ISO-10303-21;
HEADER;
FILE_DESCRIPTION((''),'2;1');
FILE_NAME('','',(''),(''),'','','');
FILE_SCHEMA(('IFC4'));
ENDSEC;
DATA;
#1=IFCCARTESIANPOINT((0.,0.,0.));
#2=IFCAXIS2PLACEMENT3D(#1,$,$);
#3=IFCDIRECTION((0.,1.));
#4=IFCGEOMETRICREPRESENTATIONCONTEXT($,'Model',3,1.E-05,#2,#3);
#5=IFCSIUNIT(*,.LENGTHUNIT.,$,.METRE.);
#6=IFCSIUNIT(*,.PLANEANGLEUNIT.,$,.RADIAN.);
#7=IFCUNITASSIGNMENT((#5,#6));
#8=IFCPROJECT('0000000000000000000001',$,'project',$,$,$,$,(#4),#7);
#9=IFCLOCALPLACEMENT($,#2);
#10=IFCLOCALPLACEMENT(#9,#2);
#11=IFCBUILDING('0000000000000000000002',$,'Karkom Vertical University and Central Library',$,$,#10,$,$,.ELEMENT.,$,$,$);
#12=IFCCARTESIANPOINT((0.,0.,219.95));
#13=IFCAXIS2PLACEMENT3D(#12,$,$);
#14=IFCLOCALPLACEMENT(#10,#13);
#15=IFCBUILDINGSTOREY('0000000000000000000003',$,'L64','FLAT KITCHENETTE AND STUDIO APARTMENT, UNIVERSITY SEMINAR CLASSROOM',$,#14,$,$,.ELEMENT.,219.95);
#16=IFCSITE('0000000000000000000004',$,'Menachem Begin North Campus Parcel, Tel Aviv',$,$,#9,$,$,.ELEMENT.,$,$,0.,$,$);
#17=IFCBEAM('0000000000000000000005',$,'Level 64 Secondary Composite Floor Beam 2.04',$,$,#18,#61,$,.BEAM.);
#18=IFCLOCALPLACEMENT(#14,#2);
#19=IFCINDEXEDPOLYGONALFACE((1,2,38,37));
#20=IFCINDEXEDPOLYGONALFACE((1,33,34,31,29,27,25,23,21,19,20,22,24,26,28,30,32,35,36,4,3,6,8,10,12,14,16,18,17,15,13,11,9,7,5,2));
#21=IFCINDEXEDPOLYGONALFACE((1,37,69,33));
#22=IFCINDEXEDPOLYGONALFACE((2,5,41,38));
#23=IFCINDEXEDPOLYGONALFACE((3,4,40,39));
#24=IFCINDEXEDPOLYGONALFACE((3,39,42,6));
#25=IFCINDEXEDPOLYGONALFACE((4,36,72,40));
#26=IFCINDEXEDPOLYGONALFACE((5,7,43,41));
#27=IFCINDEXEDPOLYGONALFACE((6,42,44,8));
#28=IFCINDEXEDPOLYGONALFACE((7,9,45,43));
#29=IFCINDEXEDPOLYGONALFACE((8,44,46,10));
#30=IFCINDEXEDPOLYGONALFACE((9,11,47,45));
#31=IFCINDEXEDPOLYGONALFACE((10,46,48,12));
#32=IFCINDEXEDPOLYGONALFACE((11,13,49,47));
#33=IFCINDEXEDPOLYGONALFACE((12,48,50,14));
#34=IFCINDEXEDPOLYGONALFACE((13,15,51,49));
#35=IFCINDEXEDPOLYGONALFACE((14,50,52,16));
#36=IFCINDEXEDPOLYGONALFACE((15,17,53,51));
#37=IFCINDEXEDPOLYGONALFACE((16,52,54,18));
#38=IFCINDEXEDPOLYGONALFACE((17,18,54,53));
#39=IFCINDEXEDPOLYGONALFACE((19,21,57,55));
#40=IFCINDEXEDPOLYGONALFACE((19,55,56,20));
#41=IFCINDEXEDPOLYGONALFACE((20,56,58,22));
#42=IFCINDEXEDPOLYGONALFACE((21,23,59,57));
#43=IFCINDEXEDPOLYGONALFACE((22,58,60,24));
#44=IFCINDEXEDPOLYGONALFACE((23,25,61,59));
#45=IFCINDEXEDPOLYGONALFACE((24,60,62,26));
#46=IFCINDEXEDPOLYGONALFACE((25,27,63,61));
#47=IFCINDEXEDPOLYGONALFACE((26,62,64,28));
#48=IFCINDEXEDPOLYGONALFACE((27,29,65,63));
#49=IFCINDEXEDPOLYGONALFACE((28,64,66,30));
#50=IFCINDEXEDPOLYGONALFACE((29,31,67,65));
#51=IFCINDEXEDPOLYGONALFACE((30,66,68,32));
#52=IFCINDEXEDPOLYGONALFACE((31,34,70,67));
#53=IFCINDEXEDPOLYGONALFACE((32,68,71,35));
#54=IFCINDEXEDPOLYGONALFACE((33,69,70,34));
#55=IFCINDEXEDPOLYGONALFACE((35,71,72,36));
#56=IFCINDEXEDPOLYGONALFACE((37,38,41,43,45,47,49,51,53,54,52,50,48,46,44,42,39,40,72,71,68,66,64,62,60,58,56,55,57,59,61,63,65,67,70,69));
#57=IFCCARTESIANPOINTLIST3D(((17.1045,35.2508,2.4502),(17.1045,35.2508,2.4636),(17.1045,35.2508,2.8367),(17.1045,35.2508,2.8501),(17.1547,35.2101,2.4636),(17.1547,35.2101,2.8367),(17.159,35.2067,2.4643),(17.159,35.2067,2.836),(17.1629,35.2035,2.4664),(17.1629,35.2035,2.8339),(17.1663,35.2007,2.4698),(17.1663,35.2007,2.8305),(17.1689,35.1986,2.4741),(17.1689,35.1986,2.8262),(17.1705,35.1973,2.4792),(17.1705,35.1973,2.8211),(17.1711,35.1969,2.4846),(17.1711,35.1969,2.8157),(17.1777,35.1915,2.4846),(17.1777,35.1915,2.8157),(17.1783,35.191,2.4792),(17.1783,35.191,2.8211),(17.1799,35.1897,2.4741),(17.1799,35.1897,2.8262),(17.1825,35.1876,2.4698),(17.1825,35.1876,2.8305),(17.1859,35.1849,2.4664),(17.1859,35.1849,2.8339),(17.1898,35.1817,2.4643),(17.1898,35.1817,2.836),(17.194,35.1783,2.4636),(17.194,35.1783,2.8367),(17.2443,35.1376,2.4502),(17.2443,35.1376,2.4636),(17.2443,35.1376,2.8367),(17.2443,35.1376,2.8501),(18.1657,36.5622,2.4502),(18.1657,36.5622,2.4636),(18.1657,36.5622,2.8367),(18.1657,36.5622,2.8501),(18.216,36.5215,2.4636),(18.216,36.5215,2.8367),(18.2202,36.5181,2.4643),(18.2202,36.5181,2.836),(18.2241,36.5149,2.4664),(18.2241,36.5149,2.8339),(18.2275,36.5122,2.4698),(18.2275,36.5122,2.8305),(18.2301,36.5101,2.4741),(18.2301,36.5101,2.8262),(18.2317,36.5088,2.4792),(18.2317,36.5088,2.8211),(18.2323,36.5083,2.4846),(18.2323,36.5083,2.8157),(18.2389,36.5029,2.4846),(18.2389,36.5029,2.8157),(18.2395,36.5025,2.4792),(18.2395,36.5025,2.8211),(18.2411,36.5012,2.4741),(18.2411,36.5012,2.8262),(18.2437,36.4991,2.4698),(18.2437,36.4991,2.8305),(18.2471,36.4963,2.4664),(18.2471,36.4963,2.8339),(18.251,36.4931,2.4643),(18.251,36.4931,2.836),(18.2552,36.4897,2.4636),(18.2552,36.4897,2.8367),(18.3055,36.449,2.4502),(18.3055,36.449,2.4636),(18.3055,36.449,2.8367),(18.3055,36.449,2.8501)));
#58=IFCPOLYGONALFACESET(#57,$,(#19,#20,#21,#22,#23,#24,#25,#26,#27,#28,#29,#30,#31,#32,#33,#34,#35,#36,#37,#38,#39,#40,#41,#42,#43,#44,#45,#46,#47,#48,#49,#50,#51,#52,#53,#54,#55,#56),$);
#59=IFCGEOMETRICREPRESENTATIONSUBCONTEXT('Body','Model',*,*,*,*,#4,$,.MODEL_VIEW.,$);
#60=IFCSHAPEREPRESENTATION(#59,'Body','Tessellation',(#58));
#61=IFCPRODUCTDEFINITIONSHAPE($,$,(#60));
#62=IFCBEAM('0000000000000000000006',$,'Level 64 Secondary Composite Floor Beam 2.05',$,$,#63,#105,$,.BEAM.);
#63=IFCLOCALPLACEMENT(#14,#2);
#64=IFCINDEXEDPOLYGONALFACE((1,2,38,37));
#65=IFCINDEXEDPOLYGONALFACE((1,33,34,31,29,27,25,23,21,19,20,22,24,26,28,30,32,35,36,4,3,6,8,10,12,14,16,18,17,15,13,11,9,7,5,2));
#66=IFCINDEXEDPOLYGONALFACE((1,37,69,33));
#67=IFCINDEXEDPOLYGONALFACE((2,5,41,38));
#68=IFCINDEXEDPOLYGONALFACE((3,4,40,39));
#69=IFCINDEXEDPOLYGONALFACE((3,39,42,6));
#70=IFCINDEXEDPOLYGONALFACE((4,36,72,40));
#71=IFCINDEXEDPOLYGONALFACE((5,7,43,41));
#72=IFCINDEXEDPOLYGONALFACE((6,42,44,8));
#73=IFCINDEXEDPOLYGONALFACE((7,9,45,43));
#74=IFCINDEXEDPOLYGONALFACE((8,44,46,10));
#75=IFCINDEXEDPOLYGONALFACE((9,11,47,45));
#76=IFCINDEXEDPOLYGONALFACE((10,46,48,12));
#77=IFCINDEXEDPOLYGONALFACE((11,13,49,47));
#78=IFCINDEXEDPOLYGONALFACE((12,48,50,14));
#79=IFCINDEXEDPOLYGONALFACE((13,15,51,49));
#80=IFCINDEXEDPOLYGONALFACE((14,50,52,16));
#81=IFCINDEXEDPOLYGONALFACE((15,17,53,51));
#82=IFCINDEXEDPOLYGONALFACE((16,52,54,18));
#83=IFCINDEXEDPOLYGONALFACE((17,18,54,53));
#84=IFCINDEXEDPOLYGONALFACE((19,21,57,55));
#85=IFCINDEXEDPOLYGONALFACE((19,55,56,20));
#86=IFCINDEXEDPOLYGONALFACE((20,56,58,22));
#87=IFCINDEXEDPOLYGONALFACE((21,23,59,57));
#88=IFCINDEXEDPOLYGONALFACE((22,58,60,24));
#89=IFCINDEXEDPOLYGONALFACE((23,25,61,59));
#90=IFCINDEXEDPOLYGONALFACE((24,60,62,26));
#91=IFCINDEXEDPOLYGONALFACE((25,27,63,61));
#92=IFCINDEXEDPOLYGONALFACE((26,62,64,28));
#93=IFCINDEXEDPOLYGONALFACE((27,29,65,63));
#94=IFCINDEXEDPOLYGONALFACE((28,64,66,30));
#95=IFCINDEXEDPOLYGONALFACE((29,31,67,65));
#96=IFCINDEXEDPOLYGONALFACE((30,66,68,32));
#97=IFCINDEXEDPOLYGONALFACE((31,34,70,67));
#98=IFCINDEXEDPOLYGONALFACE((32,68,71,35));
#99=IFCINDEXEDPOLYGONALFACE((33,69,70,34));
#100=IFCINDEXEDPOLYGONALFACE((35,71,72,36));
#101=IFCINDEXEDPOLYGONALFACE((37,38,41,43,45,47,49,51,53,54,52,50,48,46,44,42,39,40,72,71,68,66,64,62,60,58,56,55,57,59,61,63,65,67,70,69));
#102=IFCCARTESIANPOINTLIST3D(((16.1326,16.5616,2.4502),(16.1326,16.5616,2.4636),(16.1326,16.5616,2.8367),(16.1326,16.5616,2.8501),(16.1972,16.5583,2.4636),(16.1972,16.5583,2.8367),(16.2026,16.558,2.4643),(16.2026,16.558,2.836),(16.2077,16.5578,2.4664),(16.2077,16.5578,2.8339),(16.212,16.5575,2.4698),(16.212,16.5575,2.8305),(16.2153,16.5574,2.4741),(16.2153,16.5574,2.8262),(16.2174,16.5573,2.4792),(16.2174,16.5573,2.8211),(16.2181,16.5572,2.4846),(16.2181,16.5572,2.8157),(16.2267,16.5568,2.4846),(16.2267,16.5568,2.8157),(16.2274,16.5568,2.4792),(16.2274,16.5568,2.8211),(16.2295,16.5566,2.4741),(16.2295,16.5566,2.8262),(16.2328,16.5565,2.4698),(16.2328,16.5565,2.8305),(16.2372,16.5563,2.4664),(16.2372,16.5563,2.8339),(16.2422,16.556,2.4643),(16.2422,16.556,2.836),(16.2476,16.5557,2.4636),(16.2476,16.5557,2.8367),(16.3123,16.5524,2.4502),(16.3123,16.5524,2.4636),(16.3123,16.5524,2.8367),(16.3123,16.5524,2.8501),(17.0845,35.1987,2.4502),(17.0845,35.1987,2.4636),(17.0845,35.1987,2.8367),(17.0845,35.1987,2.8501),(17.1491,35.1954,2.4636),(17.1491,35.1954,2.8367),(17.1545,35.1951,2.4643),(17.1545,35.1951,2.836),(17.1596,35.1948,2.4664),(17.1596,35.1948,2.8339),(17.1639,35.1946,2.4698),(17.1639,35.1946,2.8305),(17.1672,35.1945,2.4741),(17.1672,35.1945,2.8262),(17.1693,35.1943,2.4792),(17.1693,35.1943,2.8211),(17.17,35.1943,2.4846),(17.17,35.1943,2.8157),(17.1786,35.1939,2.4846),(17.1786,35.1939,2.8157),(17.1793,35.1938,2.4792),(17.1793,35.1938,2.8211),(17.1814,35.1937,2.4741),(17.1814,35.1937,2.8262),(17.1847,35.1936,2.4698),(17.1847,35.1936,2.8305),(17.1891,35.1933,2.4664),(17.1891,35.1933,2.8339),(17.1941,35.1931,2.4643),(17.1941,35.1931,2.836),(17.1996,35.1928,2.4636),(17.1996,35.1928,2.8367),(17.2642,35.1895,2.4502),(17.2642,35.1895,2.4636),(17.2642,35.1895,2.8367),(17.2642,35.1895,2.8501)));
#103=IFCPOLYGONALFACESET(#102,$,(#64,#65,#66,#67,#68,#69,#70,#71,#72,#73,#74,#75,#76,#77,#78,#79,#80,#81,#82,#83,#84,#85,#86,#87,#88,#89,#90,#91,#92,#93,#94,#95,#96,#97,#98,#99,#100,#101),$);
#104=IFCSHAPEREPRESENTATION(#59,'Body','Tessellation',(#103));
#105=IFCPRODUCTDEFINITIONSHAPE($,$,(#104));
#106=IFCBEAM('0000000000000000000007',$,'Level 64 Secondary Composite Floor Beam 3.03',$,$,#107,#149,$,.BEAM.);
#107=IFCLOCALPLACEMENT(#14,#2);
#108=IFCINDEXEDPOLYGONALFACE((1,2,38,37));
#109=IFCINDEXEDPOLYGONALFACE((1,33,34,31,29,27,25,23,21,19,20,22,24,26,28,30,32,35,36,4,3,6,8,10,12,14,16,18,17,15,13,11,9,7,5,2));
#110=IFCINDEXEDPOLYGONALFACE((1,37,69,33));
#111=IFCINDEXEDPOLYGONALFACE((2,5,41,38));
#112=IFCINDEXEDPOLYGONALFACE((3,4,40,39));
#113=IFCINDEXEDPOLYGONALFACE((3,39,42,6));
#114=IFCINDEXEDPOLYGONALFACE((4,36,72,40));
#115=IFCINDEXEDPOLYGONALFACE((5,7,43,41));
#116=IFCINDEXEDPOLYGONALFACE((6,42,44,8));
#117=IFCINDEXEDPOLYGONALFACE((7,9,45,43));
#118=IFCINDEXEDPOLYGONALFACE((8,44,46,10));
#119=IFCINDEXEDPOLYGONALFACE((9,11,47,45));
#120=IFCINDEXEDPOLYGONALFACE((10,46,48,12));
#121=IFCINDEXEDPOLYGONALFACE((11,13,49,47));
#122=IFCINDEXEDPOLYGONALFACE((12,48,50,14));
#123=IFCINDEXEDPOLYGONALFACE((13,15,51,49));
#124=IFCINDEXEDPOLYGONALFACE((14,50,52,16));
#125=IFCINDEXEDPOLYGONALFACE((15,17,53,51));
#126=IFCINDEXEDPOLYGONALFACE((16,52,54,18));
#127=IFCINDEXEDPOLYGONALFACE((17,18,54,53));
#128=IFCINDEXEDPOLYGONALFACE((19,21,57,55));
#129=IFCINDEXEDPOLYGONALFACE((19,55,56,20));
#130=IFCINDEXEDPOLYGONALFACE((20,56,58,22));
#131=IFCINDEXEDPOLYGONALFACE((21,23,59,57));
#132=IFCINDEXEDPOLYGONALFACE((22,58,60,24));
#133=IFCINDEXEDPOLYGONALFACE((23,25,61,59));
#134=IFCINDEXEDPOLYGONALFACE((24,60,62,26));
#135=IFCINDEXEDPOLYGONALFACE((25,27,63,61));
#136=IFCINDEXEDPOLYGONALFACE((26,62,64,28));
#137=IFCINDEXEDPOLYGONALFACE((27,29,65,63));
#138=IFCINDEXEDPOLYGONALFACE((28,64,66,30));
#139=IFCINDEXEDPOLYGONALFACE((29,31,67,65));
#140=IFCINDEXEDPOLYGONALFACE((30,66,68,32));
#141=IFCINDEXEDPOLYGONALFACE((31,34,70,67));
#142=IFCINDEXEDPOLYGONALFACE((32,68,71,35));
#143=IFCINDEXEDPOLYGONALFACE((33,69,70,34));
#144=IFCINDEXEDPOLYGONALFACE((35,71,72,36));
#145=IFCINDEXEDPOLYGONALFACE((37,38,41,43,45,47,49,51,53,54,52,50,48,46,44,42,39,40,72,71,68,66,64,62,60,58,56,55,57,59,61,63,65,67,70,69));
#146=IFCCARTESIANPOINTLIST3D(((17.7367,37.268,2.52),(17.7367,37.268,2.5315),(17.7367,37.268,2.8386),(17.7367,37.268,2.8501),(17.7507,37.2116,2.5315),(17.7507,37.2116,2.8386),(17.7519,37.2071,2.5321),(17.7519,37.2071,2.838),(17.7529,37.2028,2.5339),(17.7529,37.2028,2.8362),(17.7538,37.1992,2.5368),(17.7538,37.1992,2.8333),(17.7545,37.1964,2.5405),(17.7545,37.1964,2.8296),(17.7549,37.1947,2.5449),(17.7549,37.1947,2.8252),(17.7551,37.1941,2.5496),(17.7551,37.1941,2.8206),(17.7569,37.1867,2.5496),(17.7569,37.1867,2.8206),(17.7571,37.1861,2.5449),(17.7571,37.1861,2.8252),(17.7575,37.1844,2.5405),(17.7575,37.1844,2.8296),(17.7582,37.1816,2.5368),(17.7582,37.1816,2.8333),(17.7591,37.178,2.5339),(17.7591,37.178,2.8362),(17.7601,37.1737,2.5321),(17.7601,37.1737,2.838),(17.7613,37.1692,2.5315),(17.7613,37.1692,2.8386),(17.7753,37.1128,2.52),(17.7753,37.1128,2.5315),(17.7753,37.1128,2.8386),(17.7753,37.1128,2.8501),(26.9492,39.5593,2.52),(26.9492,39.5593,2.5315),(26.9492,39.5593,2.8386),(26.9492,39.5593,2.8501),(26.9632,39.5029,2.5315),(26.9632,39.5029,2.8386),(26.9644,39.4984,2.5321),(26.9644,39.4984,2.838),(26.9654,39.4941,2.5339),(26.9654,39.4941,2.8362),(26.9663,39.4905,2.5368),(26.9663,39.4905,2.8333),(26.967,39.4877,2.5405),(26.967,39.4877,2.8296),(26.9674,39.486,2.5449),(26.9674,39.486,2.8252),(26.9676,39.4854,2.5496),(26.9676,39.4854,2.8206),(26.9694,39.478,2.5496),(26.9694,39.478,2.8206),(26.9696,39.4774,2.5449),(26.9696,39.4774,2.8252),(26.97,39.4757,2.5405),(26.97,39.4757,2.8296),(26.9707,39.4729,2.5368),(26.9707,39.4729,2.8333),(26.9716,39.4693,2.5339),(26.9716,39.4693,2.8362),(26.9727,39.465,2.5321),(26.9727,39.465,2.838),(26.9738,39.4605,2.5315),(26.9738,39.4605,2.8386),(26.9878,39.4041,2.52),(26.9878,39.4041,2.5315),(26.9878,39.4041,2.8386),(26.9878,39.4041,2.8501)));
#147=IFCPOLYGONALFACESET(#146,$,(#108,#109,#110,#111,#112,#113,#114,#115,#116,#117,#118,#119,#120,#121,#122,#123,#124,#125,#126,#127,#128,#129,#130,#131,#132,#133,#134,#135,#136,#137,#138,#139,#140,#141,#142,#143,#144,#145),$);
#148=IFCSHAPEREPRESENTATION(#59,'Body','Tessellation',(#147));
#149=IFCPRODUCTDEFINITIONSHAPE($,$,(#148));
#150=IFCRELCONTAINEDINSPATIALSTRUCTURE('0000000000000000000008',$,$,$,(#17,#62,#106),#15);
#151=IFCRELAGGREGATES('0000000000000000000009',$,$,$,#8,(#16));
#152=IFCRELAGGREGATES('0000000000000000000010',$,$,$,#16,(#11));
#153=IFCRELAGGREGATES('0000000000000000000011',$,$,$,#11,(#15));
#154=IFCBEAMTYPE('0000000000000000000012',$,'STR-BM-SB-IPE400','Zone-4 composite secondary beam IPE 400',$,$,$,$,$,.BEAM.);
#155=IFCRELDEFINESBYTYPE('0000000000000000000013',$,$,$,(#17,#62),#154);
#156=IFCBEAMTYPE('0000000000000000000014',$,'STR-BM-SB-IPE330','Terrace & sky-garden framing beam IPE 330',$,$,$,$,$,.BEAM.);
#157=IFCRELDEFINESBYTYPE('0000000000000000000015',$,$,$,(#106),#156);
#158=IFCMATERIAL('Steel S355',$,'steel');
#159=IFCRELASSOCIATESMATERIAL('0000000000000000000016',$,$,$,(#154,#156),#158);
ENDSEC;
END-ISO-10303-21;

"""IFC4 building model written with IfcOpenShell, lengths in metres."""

from ifc_helpers import new_model, si_unit, direction, frame, origin, origin_with_axes, origin_2d, place, context, subcontext, project, spatial, i_section, extrude, source, transform, mapped, material, material_profile, profile_set, type_object, element, save


model = new_model("IFC4")

# Units and contexts
model_context = context("Model", 3, precision=1e-05, world=origin(), true_north=direction((0.0, 1.0)))
body_context = subcontext(model_context, "Body", "Model", "MODEL_VIEW")
ifc_project = project(units=[si_unit("LENGTHUNIT", "METRE"), si_unit("PLANEANGLEUNIT", "RADIAN")], contexts=[model_context])

# Site, building, storey
site_placement = place(None, origin())
site = spatial("IfcSite", under=ifc_project, at=site_placement, Name="Menachem Begin North Campus Parcel, Tel Aviv", CompositionType="ELEMENT", RefElevation=0.0)
building_placement = place(site_placement, origin())
building = spatial("IfcBuilding", under=site, at=building_placement, Name="Karkom Vertical University and Central Library", CompositionType="ELEMENT")
storey_placement = place(building_placement, frame((0.0, 0.0, 219.95)))
storey = spatial("IfcBuildingStorey", under=building, at=storey_placement, Name="L64", Description="FLAT KITCHENETTE AND STUDIO APARTMENT, UNIVERSITY SEMINAR CLASSROOM", CompositionType="ELEMENT", Elevation=219.95)

# Beams
ifc_material_1 = material(Name="Steel S355", Category="steel")
ifc_material_profile_1 = material_profile(ifc_material_1, i_section(OverallWidth=0.1799, OverallDepth=0.3999, WebThickness=0.0085, FlangeThickness=0.0134, FilletRadius=0.021, at=origin_2d()), Name="IPE 400")
ifc_profile_set_1 = profile_set([ifc_material_profile_1], Name="Steel S355")
beam_type_1 = type_object("IfcBeamType", Name="STR-BM-SB-IPE400", Description="Zone-4 composite secondary beam IPE 400", PredefinedType="BEAM", material=ifc_profile_set_1)
shared_shape_1 = source(origin_with_axes(), body_context, "Body", "SweptSolid", [
    extrude(i_section(OverallWidth=0.1799, OverallDepth=0.3999, WebThickness=0.0085, FlangeThickness=0.0134, FilletRadius=0.021, at=origin_2d()), origin(), (0.0, 0.0, 1.0), 1.687),
])
beam_1_placement = place(storey_placement, frame((18.2356, 36.5056, 2.6501), z_axis=(-0.629044, -0.77737, 0.0), x_axis=(0.77737, -0.629044, 0.0)))
element("IfcBeam", 1, at=beam_1_placement, inside=storey, type_object=beam_type_1, Name="Level 64 Secondary Composite Floor Beam 2.04", PredefinedType="BEAM", context=body_context, shape_type="MappedRepresentation", body=[
    mapped(shared_shape_1, transform((0.0, 0.0, 0.0), scale=1.0)),
])
shared_shape_2 = source(origin_with_axes(), body_context, "Body", "SweptSolid", [
    extrude(i_section(OverallWidth=0.1799, OverallDepth=0.3999, WebThickness=0.0085, FlangeThickness=0.0134, FilletRadius=0.021, at=origin_2d()), origin(), (0.0, 0.0, 1.0), 18.6614),
])
beam_2_placement = place(storey_placement, frame((17.1743, 35.1941, 2.6501), z_axis=(-0.05101, -0.998698, 0.0), x_axis=(0.998698, -0.05101, 0.0)))
element("IfcBeam", 2, at=beam_2_placement, inside=storey, type_object=beam_type_1, Name="Level 64 Secondary Composite Floor Beam 2.05", PredefinedType="BEAM", context=body_context, shape_type="MappedRepresentation", body=[
    mapped(shared_shape_2, transform((0.0, 0.0, 0.0), scale=1.0)),
])
ifc_material_profile_2 = material_profile(ifc_material_1, i_section(OverallWidth=0.1599, OverallDepth=0.3301, WebThickness=0.0076, FlangeThickness=0.0115, FilletRadius=0.0181, at=origin_2d()), Name="IPE 330")
ifc_profile_set_2 = profile_set([ifc_material_profile_2], Name="Steel S355")
beam_type_2 = type_object("IfcBeamType", Name="STR-BM-SB-IPE330", Description="Terrace & sky-garden framing beam IPE 330", PredefinedType="BEAM", material=ifc_profile_set_2)
shared_shape_3 = source(origin_with_axes(), body_context, "Body", "SweptSolid", [
    extrude(i_section(OverallWidth=0.1599, OverallDepth=0.3301, WebThickness=0.0076, FlangeThickness=0.0115, FilletRadius=0.0181, at=origin_2d()), origin(), (0.0, 0.0, 1.0), 9.4932),
])
beam_3_placement = place(storey_placement, frame((26.9685, 39.4817, 2.6851), z_axis=(-0.970435, -0.241362, 0.0), x_axis=(0.241362, -0.970435, 0.0)))
element("IfcBeam", 3, at=beam_3_placement, inside=storey, type_object=beam_type_2, Name="Level 64 Secondary Composite Floor Beam 3.03", PredefinedType="BEAM", context=body_context, shape_type="MappedRepresentation", body=[
    mapped(shared_shape_3, transform((0.0, 0.0, 0.0), scale=1.0)),
])

save(model, "model.ifc")
